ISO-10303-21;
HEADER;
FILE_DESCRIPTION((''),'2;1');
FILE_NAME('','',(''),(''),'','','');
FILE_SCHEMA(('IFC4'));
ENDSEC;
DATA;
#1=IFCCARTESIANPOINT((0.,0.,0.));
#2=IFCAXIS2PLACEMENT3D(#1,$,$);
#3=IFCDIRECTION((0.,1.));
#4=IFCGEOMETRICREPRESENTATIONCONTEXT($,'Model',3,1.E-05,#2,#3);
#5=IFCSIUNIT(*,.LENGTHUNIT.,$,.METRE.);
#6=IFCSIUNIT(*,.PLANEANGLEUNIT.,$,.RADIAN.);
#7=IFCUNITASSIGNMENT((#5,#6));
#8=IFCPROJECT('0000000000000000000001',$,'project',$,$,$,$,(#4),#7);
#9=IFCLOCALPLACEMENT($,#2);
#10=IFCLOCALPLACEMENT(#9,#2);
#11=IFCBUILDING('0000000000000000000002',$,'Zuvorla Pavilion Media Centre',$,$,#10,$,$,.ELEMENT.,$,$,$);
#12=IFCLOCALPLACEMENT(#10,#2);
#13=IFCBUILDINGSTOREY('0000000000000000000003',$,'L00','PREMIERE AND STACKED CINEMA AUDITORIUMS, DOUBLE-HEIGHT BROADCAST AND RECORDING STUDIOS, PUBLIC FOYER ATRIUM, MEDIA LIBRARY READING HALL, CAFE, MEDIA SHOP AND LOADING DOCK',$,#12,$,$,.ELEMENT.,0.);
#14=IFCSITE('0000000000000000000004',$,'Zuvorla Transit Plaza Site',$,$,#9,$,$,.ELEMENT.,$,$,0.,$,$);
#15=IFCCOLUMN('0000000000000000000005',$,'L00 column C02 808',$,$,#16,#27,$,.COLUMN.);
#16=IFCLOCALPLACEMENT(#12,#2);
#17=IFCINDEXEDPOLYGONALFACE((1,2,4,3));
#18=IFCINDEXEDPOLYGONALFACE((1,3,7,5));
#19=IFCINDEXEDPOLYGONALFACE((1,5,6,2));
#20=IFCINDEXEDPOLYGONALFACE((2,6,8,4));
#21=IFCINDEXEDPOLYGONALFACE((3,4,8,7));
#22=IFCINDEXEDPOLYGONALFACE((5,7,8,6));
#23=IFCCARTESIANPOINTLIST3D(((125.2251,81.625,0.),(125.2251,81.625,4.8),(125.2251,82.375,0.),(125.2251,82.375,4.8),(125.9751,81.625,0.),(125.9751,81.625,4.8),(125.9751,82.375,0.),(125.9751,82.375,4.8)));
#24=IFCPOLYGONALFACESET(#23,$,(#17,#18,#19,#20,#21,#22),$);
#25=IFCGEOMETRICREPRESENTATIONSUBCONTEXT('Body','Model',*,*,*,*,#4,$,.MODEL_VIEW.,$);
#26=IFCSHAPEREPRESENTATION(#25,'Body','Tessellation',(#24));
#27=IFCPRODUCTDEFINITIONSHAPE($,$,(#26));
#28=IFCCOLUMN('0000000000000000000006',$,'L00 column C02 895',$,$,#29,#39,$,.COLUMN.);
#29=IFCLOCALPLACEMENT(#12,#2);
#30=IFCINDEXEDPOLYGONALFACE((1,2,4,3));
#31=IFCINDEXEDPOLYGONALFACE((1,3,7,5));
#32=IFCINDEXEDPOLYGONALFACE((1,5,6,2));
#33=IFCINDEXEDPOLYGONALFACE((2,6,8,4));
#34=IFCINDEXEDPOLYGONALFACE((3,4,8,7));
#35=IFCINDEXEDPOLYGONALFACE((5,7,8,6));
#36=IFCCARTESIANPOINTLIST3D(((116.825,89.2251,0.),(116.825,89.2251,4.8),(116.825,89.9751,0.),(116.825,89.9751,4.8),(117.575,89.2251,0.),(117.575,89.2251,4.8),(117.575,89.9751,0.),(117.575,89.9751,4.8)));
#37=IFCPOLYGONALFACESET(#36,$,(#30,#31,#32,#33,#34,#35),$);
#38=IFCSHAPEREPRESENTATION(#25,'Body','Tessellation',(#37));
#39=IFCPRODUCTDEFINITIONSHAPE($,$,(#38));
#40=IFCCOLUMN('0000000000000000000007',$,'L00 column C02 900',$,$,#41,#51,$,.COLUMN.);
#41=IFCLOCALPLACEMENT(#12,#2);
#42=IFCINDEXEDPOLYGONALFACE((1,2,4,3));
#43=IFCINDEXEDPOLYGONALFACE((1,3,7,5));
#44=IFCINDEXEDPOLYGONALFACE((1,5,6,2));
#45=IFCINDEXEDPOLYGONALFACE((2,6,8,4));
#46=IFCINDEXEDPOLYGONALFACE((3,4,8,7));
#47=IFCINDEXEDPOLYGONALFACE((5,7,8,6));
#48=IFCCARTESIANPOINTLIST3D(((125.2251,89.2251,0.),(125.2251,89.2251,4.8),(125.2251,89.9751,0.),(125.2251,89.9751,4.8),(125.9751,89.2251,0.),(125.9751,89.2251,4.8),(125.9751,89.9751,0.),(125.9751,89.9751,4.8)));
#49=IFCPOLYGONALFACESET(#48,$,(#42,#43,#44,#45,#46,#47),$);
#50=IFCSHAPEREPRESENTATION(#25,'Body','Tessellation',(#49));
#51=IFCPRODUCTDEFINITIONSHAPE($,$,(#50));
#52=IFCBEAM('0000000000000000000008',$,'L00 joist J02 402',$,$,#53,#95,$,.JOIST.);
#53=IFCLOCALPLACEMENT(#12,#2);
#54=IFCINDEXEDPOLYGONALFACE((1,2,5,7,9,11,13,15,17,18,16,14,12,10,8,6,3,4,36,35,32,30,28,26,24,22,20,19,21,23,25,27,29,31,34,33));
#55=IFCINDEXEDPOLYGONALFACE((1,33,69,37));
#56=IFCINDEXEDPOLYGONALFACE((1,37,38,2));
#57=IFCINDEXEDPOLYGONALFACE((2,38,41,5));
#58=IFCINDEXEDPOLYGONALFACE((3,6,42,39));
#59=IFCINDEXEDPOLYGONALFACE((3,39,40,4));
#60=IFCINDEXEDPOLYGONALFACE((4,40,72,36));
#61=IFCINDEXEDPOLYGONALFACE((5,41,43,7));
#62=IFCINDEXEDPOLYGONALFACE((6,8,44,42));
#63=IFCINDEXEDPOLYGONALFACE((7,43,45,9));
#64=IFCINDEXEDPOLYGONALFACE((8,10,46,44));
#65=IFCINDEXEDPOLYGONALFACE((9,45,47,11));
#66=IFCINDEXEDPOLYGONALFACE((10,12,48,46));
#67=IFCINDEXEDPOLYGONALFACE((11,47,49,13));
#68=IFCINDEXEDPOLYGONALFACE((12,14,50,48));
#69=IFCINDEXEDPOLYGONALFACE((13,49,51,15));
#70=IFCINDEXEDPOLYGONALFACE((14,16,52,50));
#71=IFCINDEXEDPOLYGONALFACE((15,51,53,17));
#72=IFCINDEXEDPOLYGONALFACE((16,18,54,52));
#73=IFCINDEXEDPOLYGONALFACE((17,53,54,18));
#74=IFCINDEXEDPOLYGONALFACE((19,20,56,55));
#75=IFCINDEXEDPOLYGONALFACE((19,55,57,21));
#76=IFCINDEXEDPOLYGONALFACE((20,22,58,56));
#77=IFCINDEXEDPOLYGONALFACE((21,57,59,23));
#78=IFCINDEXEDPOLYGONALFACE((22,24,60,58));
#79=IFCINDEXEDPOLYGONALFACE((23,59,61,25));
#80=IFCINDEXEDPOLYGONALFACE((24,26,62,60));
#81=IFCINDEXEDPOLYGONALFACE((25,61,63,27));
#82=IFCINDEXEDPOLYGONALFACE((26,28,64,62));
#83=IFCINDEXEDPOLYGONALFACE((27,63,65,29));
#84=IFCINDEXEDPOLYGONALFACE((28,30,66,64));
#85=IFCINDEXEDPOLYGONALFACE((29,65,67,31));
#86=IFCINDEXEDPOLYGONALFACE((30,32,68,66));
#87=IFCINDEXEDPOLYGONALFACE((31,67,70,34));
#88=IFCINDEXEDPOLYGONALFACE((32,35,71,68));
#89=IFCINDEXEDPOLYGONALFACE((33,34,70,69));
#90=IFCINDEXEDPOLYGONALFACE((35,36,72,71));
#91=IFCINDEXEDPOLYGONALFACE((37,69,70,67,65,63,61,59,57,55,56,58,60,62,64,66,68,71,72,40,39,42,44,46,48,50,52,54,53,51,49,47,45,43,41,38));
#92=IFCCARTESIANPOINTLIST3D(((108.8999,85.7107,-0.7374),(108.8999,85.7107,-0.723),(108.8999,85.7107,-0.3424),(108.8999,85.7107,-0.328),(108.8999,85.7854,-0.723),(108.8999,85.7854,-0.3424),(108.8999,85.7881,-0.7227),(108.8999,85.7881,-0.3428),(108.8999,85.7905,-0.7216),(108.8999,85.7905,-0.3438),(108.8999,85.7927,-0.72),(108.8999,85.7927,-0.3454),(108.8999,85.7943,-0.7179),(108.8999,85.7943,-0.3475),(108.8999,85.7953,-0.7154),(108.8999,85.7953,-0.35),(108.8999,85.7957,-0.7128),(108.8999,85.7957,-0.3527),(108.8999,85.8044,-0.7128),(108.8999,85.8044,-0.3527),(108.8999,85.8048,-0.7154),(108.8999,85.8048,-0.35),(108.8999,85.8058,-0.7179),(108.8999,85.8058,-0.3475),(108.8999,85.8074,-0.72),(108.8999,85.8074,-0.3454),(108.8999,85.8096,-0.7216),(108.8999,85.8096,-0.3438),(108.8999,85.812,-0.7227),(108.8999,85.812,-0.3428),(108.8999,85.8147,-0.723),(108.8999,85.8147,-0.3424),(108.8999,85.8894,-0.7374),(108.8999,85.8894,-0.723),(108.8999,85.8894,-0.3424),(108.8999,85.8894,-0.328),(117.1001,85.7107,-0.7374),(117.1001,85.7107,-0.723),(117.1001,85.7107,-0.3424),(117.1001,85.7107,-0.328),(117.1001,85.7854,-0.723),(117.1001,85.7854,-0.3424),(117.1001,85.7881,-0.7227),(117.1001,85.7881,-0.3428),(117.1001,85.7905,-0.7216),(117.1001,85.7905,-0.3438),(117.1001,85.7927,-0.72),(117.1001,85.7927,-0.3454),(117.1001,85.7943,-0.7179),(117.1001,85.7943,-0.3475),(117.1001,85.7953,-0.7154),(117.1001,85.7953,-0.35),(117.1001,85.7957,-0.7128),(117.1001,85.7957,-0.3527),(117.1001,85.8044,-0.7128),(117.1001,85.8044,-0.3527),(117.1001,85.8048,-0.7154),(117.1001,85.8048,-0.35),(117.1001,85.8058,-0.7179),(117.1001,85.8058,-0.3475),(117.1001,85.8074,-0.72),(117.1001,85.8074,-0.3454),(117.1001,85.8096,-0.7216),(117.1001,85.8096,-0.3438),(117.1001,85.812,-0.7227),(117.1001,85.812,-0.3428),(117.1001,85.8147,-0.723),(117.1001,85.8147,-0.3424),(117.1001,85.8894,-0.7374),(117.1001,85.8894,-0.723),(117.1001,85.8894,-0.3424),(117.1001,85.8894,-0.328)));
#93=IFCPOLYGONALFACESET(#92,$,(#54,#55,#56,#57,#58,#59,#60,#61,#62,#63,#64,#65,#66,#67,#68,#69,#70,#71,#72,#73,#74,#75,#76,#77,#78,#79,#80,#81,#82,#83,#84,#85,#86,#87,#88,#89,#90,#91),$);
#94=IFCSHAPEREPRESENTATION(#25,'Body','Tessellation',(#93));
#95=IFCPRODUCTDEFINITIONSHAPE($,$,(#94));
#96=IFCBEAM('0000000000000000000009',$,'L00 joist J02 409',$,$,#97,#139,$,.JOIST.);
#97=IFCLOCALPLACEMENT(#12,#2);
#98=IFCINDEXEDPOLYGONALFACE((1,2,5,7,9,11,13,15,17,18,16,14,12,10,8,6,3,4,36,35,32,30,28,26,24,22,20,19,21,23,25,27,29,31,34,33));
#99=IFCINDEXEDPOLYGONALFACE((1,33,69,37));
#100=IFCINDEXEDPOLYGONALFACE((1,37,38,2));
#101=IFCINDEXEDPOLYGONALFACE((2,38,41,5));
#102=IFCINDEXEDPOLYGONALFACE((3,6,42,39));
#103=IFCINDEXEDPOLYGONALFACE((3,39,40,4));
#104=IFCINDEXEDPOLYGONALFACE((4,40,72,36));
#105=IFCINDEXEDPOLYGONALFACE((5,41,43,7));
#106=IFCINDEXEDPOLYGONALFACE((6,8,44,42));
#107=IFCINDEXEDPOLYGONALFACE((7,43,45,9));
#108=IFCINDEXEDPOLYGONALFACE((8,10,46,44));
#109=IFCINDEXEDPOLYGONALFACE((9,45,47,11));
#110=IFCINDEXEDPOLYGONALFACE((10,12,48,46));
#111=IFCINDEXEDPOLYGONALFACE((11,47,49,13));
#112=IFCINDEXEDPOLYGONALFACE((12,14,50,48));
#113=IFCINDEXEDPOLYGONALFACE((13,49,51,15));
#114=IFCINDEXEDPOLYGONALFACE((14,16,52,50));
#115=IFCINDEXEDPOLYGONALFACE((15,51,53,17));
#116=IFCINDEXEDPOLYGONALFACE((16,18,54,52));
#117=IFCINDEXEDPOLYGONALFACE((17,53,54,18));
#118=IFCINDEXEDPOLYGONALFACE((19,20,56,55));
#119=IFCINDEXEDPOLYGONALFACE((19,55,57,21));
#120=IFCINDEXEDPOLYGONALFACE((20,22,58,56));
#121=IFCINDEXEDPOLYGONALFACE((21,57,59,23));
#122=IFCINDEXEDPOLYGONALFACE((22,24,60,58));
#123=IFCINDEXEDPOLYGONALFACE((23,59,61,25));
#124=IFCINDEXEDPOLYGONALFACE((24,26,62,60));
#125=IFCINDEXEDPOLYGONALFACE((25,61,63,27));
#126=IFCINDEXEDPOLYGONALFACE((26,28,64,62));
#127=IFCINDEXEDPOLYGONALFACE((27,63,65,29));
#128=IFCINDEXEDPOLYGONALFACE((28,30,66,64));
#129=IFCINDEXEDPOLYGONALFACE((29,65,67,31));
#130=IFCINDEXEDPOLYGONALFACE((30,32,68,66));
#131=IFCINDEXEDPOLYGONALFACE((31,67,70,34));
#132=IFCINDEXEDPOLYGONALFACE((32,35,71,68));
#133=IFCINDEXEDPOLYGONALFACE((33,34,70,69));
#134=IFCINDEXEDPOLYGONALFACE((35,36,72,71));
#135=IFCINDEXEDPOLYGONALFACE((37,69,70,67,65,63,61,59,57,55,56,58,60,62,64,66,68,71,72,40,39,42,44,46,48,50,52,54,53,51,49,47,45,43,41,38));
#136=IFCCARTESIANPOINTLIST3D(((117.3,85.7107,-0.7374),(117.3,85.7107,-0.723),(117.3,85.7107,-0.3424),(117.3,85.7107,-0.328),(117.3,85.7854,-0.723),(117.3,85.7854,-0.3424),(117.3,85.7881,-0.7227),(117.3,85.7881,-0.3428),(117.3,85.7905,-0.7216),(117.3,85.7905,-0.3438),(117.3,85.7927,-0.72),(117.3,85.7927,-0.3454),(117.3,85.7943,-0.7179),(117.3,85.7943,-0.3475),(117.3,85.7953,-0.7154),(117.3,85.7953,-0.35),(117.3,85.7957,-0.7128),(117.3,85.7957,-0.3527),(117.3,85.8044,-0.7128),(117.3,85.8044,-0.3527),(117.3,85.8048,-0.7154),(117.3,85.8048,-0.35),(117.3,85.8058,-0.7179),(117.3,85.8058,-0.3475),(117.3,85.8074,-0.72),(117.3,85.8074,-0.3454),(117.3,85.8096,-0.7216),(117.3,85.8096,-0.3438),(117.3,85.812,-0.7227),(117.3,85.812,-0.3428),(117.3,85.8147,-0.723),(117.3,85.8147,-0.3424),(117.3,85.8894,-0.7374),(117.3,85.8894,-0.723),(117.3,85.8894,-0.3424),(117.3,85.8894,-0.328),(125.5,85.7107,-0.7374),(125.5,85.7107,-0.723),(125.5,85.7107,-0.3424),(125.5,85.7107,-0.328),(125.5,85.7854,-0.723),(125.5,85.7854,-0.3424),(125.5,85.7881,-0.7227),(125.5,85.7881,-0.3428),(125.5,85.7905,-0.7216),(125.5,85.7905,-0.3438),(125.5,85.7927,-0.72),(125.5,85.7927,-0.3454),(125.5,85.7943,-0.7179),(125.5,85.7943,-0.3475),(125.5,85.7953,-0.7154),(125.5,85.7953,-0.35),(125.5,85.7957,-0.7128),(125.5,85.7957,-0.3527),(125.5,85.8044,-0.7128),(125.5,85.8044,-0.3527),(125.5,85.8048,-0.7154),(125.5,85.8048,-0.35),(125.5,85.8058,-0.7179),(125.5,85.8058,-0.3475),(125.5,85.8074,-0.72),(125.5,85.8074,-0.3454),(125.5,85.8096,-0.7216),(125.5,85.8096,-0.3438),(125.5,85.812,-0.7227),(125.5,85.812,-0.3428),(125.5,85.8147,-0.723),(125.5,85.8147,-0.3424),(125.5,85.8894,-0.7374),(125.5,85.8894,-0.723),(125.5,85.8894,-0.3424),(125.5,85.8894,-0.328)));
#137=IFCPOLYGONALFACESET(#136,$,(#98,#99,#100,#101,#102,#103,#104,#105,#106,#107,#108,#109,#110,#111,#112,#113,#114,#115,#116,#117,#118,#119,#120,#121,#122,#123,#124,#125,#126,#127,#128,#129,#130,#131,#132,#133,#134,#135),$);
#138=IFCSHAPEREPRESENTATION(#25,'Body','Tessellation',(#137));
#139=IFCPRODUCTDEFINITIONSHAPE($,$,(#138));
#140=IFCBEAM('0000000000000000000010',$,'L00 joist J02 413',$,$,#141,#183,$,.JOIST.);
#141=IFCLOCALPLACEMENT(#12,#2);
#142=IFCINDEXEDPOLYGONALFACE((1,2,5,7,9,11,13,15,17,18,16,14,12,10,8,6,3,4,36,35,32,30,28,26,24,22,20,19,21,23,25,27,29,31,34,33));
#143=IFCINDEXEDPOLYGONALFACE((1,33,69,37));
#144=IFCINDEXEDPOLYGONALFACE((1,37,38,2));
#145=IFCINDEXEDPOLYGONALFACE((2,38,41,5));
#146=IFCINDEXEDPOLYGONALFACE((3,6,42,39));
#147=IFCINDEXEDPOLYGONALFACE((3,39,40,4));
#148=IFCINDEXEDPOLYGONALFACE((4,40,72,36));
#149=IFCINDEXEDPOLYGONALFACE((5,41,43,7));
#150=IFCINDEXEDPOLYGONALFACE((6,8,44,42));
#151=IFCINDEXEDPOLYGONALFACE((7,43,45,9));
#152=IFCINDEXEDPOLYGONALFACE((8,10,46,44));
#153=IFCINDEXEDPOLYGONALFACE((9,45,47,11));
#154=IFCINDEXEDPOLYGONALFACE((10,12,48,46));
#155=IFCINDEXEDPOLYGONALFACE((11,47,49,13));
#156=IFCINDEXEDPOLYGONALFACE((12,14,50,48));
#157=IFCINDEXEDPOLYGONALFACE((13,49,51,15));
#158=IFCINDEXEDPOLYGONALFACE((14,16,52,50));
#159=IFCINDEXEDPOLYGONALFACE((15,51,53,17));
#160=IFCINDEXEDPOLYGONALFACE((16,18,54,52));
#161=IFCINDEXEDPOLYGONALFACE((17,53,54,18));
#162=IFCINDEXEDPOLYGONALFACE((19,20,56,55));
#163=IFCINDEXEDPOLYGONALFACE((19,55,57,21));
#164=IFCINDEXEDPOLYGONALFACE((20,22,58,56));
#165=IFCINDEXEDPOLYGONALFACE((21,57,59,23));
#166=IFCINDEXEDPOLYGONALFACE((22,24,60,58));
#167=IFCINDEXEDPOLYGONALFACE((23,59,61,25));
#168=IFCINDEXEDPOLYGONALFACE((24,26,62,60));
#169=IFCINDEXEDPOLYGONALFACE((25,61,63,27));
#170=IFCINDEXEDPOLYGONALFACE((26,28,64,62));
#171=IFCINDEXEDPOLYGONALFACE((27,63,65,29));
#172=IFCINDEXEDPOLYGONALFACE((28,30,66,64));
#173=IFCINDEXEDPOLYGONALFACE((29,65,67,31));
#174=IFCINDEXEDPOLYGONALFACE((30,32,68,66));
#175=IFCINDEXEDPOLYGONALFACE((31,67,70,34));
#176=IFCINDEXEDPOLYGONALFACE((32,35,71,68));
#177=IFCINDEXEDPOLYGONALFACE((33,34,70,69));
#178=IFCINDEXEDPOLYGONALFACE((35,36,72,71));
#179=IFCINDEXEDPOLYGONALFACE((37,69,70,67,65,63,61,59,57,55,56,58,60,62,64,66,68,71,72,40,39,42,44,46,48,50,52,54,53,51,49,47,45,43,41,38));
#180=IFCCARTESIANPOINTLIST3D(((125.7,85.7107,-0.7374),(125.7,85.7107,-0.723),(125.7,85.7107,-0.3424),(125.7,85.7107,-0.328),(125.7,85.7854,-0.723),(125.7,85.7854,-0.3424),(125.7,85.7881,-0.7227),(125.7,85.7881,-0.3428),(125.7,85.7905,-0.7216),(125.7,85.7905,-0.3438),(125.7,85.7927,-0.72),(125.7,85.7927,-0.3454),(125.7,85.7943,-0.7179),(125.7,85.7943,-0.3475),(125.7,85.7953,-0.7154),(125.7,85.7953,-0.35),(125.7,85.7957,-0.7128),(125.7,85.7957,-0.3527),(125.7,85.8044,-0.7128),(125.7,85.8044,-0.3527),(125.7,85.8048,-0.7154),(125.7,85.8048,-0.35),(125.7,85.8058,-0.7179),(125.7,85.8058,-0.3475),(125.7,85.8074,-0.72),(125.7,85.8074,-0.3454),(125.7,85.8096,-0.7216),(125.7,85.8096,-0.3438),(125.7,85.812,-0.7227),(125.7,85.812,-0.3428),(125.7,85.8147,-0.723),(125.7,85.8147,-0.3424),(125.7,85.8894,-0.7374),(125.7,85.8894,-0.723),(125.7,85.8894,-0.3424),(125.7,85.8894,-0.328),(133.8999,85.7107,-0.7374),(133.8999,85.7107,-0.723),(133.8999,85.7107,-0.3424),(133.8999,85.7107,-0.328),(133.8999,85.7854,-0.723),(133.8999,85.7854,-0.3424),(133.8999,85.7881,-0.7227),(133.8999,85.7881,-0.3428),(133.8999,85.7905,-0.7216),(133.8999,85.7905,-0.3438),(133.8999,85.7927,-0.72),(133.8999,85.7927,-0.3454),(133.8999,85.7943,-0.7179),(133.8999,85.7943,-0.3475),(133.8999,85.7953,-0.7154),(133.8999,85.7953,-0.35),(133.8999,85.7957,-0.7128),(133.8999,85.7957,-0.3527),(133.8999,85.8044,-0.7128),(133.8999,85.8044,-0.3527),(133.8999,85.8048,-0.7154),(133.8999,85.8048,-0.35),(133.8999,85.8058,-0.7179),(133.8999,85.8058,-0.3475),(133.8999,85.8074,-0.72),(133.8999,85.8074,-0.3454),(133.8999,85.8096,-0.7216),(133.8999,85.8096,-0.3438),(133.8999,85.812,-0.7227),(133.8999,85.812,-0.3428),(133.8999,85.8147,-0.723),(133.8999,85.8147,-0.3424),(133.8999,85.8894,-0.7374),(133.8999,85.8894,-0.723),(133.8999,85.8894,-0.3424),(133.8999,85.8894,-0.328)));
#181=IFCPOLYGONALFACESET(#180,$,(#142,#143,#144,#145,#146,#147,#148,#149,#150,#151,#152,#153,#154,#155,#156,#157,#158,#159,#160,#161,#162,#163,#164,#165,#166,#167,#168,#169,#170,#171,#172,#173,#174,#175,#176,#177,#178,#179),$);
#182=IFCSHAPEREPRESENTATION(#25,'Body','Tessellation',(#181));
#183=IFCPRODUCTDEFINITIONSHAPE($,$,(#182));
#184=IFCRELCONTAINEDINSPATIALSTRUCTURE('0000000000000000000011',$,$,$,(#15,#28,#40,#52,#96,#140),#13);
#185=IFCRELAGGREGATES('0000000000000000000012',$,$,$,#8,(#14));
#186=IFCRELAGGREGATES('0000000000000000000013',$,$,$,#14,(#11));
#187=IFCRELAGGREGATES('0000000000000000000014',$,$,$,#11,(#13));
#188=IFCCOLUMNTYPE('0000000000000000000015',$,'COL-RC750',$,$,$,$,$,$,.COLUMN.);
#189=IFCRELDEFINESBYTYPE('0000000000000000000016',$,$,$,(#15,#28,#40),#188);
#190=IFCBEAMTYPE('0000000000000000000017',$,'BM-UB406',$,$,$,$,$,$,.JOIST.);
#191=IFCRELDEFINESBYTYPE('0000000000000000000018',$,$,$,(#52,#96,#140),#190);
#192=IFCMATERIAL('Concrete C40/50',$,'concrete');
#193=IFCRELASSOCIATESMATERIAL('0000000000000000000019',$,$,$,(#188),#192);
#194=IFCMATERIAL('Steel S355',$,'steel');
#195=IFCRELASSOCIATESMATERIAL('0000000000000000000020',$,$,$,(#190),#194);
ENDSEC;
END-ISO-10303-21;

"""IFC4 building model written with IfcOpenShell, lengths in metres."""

from ifc_helpers import new_model, si_unit, direction, frame, origin, origin_2d, place, context, subcontext, project, spatial, rectangle, i_section, extrude, material, material_profile, profile_set, type_object, element, save


model = new_model("IFC4")

# Units and contexts
model_context = context("Model", 3, precision=1e-05, world=origin(), true_north=direction((0.0, 1.0)))
body_context = subcontext(model_context, "Body", "Model", "MODEL_VIEW")
ifc_project = project(units=[si_unit("LENGTHUNIT", "METRE"), si_unit("PLANEANGLEUNIT", "RADIAN")], contexts=[model_context])

# Site, building, storey
site_placement = place(None, origin())
site = spatial("IfcSite", under=ifc_project, at=site_placement, Name="Zuvorla Transit Plaza Site", CompositionType="ELEMENT", RefElevation=0.0)
building_placement = place(site_placement, origin())
building = spatial("IfcBuilding", under=site, at=building_placement, Name="Zuvorla Pavilion Media Centre", CompositionType="ELEMENT")
storey_placement = place(building_placement, origin())
storey = spatial("IfcBuildingStorey", under=building, at=storey_placement, Name="L00", Description="PREMIERE AND STACKED CINEMA AUDITORIUMS, DOUBLE-HEIGHT BROADCAST AND RECORDING STUDIOS, PUBLIC FOYER ATRIUM, MEDIA LIBRARY READING HALL, CAFE, MEDIA SHOP AND LOADING DOCK", CompositionType="ELEMENT", Elevation=0.0)

# Columns
ifc_material_1 = material(Name="Concrete C40/50", Category="concrete")
ifc_material_profile_1 = material_profile(ifc_material_1, rectangle(XDim=0.75, YDim=0.75, at=origin_2d()), Name="RC 750x750")
ifc_profile_set_1 = profile_set([ifc_material_profile_1], Name="Concrete C40/50")
column_type = type_object("IfcColumnType", Name="COL-RC750", PredefinedType="COLUMN", material=ifc_profile_set_1)
for number, where, z_axis, x_axis, name in (
    (1, (125.6001, 82.0, 0.0), (0.0, 0.0, 1.0), (1.0, 0.0, 0.0), "L00 column C02 808"),
    (2, (117.2, 89.6001, 0.0), (0.0, 0.0, 1.0), (1.0, 0.0, 0.0), "L00 column C02 895"),
    (3, (125.6001, 89.6001, 0.0), (0.0, 0.0, 1.0), (1.0, 0.0, 0.0), "L00 column C02 900"),
):
    element("IfcColumn", number, at=place(storey_placement, frame(where, z_axis=z_axis, x_axis=x_axis)), inside=storey, type_object=column_type, Name=name, PredefinedType="COLUMN", context=body_context, shape_type="SweptSolid", body=[
        extrude(rectangle(XDim=0.75, YDim=0.75, at=origin_2d()), origin(), (0.0, 0.0, 1.0), 4.8),
    ])

# Beams
ifc_material_2 = material(Name="Steel S355", Category="steel")
ifc_material_profile_2 = material_profile(ifc_material_2, i_section(OverallWidth=0.1787, OverallDepth=0.4094, WebThickness=0.0088, FlangeThickness=0.0144, FilletRadius=0.0103, at=origin_2d()), Name="UB 406x178x67")
ifc_profile_set_2 = profile_set([ifc_material_profile_2], Name="Steel S355")
beam_type_1 = type_object("IfcBeamType", Name="BM-UB406", PredefinedType="JOIST", material=ifc_profile_set_2)
beam_1_placement = place(storey_placement, frame((108.8999, 85.8, -0.5327), z_axis=(1.0, 0.0, 0.0), x_axis=(0.0, 1.0, 0.0)))
element("IfcBeam", 4, at=beam_1_placement, inside=storey, type_object=beam_type_1, Name="L00 joist J02 402", PredefinedType="JOIST", context=body_context, shape_type="SweptSolid", body=[
    extrude(i_section(OverallWidth=0.1787, OverallDepth=0.4094, WebThickness=0.0088, FlangeThickness=0.0144, FilletRadius=0.0103, at=origin_2d()), origin(), (0.0, 0.0, 1.0), 8.2002),
])
for number, where, z_axis, x_axis, name in (
    (5, (117.3, 85.8, -0.5327), (1.0, 0.0, 0.0), (0.0, 1.0, 0.0), "L00 joist J02 409"),
    (6, (125.7, 85.8, -0.5327), (1.0, 0.0, 0.0), (0.0, 1.0, 0.0), "L00 joist J02 413"),
):
    element("IfcBeam", number, at=place(storey_placement, frame(where, z_axis=z_axis, x_axis=x_axis)), inside=storey, type_object=beam_type_1, Name=name, PredefinedType="JOIST", context=body_context, shape_type="SweptSolid", body=[
        extrude(i_section(OverallWidth=0.1787, OverallDepth=0.4094, WebThickness=0.0088, FlangeThickness=0.0144, FilletRadius=0.0103, at=origin_2d()), origin(), (0.0, 0.0, 1.0), 8.2),
    ])

save(model, "model.ifc")
